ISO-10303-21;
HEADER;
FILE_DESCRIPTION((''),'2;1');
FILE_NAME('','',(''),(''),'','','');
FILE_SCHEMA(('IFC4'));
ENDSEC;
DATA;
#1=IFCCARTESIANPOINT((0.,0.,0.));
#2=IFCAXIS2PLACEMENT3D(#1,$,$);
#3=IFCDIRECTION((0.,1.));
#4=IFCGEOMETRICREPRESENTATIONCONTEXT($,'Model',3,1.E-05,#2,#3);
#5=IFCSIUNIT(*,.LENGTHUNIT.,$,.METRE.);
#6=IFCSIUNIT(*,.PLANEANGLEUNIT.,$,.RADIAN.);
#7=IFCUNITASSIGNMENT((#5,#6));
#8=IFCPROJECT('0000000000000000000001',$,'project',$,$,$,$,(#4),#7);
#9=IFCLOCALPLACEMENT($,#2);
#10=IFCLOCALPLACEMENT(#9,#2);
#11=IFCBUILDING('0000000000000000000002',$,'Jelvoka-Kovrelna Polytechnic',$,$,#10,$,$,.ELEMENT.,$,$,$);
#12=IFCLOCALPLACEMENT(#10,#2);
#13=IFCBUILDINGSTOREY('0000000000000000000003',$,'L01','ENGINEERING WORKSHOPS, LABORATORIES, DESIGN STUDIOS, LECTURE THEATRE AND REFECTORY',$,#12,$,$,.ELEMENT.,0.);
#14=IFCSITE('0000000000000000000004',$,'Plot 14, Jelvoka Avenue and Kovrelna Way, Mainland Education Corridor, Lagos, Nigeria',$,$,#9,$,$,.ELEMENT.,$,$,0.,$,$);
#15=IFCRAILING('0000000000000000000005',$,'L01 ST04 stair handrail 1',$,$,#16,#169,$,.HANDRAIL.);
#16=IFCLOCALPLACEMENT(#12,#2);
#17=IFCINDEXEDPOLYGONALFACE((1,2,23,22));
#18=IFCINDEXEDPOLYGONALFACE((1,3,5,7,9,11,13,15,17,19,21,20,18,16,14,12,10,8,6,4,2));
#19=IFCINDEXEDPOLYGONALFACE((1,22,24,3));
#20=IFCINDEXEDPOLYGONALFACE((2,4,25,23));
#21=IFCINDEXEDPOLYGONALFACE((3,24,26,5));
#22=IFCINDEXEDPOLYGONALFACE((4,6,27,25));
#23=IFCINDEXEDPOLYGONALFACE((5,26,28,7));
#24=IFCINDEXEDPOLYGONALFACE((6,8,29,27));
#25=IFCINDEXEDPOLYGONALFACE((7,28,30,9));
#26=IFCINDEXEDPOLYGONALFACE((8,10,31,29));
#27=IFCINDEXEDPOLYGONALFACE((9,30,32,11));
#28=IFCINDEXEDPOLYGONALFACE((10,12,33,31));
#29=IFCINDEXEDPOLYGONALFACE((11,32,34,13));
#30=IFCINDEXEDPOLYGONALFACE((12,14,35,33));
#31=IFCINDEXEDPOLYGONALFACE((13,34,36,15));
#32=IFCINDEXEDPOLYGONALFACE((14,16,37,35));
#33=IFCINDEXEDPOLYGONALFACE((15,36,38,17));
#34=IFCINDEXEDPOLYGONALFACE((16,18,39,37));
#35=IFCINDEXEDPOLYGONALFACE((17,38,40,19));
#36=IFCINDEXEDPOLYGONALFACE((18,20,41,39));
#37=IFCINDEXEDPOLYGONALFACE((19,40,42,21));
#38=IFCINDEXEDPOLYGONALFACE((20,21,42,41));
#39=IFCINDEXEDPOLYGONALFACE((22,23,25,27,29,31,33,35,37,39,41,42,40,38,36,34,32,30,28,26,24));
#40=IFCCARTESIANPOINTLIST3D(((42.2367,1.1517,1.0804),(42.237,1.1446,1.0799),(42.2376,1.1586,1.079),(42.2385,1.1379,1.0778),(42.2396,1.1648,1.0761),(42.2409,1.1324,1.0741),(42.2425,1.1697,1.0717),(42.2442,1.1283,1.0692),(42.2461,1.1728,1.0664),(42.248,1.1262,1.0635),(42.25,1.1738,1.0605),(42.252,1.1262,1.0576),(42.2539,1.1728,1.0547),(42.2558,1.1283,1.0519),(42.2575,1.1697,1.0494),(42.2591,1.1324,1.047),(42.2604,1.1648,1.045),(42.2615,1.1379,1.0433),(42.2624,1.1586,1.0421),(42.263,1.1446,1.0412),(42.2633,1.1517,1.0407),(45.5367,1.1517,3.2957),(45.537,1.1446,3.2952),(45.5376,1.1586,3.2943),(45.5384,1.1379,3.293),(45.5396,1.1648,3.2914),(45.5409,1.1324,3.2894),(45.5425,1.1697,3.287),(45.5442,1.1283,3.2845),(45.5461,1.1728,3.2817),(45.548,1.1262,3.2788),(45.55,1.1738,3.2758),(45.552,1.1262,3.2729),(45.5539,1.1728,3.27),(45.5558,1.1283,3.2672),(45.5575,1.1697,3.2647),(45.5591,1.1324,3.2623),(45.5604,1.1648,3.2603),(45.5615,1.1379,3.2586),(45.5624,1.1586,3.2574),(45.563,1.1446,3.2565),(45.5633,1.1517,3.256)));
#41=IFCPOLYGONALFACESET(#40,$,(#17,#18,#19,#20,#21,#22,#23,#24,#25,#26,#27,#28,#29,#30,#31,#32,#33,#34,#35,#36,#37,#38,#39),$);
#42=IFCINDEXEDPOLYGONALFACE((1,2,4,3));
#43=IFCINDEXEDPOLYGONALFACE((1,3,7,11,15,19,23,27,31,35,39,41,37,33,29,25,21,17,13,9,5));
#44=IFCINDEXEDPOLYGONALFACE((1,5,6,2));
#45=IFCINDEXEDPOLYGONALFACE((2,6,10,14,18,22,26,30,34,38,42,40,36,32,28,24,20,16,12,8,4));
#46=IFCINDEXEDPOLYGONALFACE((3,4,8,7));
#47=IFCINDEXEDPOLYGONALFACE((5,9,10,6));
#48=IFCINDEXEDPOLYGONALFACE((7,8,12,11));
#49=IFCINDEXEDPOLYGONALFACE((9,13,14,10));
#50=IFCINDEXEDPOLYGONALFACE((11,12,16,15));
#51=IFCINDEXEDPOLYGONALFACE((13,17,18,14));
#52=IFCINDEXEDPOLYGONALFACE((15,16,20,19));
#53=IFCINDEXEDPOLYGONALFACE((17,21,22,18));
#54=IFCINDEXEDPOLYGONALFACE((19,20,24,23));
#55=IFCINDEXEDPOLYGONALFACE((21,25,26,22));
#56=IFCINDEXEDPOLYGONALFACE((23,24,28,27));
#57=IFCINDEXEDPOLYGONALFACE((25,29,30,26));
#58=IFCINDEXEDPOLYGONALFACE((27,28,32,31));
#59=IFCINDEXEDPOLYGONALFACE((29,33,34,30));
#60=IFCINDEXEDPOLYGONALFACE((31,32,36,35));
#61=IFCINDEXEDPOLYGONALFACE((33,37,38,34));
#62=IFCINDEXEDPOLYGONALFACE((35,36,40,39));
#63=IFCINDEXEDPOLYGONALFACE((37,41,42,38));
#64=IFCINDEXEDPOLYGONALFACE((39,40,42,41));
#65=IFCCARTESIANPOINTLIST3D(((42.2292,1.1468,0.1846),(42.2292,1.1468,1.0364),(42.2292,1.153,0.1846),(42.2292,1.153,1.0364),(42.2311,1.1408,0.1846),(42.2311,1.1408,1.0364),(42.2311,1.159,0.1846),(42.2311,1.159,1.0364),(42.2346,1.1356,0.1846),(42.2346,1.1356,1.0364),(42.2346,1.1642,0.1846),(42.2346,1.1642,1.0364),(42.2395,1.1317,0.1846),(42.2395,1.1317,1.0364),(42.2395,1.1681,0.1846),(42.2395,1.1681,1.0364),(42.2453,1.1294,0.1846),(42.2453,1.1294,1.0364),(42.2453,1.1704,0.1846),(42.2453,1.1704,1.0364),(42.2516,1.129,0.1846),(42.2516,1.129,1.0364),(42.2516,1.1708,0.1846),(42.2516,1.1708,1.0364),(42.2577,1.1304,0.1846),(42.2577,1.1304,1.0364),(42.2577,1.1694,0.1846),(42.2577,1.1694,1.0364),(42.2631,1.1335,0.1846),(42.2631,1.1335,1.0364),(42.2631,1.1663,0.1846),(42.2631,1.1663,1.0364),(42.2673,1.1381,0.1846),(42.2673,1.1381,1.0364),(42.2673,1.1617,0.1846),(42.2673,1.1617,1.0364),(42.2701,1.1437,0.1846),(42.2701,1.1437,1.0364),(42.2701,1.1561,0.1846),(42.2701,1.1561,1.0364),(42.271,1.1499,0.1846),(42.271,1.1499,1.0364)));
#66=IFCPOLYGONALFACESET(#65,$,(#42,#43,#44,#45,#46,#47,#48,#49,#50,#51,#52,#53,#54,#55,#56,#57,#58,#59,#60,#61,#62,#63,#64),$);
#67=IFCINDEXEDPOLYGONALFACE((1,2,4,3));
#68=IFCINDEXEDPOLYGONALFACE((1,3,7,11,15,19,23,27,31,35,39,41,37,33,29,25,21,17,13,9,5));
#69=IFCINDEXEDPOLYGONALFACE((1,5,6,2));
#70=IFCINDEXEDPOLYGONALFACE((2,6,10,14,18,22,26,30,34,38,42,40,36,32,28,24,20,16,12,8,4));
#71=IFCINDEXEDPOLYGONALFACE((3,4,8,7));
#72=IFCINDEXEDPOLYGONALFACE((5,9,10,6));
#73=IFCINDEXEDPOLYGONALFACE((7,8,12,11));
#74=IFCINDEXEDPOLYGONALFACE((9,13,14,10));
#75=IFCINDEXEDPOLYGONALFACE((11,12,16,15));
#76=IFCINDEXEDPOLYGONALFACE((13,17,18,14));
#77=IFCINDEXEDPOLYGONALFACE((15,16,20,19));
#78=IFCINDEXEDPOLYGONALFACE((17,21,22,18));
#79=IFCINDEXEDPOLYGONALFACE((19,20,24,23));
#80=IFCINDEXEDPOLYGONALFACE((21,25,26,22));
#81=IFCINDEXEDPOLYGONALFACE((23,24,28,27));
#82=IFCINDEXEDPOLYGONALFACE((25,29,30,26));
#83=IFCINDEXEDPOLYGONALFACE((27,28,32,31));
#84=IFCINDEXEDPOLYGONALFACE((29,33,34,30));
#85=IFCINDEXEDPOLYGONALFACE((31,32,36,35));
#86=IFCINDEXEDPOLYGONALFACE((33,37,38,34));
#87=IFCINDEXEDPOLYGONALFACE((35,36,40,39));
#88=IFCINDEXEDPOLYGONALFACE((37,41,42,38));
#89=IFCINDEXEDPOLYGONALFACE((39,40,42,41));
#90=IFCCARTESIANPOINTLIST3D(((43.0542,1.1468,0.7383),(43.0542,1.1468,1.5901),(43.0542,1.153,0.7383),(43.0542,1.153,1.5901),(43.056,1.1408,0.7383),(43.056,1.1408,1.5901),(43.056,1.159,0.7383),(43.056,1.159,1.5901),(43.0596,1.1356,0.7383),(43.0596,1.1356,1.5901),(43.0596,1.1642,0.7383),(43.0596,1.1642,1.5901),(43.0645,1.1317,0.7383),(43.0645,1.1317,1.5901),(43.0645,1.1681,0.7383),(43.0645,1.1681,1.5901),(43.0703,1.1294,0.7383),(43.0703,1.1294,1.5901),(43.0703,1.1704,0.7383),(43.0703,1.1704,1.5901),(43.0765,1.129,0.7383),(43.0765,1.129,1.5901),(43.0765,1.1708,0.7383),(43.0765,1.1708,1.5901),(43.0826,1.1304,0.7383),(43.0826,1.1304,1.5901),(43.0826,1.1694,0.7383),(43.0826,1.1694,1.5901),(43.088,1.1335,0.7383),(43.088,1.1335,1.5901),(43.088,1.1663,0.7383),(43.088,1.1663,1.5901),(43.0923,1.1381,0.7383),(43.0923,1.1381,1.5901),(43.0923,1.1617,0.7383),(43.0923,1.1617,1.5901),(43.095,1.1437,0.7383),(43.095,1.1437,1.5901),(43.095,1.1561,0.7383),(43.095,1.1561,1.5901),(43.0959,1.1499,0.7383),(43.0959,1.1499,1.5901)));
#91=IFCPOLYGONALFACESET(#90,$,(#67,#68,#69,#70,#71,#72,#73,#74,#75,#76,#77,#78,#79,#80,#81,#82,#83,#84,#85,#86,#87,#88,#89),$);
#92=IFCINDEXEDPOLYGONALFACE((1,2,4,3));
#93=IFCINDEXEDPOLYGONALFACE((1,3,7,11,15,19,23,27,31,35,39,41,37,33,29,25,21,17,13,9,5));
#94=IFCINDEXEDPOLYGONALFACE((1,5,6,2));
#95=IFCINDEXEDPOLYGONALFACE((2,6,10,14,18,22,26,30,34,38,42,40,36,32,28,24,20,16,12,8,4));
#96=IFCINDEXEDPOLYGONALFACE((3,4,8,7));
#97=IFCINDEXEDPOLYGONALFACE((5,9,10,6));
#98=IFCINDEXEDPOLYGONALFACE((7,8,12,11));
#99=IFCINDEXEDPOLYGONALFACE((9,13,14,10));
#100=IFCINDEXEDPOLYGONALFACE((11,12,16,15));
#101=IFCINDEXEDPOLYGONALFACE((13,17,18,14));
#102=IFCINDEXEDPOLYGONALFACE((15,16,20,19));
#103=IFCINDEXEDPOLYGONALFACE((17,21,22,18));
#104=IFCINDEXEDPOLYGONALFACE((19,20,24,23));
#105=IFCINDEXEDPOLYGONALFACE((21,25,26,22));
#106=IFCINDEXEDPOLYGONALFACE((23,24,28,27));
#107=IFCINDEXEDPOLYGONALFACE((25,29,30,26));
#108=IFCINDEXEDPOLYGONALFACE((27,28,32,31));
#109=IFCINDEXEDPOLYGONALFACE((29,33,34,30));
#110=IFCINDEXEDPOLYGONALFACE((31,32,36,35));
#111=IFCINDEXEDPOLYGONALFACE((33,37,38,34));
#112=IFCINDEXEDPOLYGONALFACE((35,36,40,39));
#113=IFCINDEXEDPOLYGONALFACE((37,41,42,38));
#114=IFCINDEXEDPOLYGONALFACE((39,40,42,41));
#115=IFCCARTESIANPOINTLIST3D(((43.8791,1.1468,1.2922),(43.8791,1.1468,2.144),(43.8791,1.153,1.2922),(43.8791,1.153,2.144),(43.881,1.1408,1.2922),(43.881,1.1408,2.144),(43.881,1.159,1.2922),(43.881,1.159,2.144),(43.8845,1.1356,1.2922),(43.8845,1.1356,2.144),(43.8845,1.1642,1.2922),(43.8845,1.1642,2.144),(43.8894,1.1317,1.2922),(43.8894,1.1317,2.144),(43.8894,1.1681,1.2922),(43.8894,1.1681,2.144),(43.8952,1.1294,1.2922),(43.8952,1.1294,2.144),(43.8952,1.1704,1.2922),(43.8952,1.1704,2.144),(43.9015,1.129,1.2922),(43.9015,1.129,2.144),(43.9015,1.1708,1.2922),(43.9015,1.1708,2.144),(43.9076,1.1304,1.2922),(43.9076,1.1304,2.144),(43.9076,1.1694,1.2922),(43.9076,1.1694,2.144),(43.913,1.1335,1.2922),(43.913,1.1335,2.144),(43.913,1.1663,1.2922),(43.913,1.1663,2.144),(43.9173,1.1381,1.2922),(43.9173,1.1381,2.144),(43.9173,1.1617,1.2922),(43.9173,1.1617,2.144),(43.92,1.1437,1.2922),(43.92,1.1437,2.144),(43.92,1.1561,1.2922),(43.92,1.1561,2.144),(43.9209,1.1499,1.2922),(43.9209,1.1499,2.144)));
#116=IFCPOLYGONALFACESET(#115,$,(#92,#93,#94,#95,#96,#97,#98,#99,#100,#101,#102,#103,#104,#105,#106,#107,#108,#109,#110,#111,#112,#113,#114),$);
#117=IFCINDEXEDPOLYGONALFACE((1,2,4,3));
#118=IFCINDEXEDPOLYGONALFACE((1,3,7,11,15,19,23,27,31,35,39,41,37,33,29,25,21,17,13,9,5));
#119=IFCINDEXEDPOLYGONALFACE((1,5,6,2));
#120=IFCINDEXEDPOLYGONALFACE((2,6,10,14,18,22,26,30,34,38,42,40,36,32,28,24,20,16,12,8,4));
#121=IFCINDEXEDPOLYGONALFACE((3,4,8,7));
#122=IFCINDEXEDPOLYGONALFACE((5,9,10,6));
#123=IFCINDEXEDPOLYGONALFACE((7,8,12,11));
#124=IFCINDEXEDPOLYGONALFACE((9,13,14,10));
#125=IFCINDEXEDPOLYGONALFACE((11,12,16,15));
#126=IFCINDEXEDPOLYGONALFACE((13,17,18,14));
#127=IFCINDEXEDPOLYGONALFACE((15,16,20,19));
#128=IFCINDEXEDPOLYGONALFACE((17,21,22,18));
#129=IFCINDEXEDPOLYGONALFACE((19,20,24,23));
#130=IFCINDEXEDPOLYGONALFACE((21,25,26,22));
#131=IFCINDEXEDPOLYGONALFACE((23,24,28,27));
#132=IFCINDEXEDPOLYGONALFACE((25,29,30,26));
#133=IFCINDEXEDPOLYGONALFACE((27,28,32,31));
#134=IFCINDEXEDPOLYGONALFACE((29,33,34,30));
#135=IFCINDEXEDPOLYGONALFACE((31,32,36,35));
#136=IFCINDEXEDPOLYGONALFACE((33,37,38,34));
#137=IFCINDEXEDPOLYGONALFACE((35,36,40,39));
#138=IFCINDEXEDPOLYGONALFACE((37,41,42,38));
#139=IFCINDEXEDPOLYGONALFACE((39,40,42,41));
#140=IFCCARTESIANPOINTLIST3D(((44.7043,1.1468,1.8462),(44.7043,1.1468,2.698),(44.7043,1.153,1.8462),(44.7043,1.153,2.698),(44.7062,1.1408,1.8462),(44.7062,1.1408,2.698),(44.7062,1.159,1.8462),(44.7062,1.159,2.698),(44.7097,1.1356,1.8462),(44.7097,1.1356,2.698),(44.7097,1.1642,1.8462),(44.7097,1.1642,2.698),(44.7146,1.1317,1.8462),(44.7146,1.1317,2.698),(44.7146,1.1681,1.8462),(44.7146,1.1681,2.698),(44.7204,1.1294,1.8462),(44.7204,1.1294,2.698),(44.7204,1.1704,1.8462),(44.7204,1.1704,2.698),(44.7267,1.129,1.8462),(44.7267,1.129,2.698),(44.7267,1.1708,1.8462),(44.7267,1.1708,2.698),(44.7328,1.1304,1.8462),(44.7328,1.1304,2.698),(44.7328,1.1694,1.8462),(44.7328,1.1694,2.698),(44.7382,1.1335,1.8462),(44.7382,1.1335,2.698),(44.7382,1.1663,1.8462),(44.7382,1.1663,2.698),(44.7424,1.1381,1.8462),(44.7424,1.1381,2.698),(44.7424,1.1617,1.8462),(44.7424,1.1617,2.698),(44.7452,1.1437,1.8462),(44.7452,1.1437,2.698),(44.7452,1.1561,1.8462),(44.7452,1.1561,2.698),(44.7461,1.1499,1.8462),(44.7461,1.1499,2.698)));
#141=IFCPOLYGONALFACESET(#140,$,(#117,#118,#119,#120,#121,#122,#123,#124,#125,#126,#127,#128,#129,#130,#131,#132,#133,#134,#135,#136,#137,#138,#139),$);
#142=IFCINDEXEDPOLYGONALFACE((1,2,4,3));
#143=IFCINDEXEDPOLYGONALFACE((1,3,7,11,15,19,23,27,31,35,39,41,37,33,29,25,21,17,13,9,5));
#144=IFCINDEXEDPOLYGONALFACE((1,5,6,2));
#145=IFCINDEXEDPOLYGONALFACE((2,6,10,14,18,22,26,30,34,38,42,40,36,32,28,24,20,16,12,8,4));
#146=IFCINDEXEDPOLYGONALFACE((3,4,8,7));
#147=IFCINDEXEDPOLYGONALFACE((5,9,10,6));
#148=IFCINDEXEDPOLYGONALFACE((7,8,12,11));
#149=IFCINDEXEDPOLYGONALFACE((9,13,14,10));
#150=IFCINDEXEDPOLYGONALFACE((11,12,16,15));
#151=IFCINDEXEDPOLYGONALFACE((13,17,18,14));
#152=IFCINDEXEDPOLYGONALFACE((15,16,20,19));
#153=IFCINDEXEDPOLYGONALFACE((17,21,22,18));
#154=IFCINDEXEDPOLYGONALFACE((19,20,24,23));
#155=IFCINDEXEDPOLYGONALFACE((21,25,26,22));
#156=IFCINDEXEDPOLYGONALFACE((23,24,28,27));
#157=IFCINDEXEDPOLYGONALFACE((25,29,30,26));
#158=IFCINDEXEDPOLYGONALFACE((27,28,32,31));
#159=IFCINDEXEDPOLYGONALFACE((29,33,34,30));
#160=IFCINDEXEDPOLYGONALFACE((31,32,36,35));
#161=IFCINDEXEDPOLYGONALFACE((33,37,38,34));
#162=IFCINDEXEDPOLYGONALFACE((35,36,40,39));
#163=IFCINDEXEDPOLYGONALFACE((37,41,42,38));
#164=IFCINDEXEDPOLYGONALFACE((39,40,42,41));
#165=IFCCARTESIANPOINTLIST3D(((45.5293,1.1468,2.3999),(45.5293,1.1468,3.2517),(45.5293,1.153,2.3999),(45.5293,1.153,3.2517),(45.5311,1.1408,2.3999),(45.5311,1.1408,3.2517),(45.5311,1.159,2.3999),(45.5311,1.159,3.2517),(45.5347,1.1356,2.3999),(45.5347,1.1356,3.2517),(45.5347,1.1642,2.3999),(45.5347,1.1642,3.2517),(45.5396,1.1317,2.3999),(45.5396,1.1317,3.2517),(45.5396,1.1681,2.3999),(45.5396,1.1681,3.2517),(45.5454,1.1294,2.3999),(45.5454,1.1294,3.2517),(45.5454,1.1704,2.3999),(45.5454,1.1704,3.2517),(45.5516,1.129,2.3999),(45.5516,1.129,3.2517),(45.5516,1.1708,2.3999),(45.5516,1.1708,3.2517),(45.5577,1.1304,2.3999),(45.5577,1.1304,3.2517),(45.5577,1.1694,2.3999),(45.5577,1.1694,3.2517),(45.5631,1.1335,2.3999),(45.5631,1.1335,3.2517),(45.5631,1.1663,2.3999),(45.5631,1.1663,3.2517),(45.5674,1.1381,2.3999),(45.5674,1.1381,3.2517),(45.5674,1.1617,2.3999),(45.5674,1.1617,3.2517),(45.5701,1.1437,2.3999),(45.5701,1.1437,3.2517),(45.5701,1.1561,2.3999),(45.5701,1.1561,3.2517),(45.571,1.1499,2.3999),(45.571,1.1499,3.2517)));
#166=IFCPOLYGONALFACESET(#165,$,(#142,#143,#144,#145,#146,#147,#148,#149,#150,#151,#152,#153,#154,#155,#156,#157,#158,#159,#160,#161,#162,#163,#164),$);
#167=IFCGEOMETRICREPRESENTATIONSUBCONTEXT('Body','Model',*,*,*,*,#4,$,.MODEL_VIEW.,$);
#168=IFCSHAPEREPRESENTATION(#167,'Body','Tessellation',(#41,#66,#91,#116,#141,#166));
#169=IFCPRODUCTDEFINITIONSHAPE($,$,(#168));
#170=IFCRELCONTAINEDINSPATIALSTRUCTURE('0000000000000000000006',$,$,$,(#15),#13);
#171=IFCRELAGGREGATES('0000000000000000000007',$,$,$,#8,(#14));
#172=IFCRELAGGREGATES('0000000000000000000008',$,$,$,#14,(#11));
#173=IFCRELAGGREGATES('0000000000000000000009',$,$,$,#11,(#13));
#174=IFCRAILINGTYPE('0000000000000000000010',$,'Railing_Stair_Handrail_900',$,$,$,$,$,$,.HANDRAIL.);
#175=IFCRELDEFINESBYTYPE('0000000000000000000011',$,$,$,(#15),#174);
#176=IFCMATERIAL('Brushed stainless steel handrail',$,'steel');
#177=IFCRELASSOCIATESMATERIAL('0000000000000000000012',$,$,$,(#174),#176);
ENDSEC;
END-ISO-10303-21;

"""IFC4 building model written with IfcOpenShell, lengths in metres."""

from ifc_helpers import new_model, si_unit, direction, frame, origin, origin_2d, place, context, subcontext, project, spatial, circle, extrude, material, type_object, element, save


model = new_model("IFC4")

# Units and contexts
model_context = context("Model", 3, precision=1e-05, world=origin(), true_north=direction((0.0, 1.0)))
body_context = subcontext(model_context, "Body", "Model", "MODEL_VIEW")
ifc_project = project(units=[si_unit("LENGTHUNIT", "METRE"), si_unit("PLANEANGLEUNIT", "RADIAN")], contexts=[model_context])

# Site, building, storey
site_placement = place(None, origin())
site = spatial("IfcSite", under=ifc_project, at=site_placement, Name="Plot 14, Jelvoka Avenue and Kovrelna Way, Mainland Education Corridor, Lagos, Nigeria", CompositionType="ELEMENT", RefElevation=0.0)
building_placement = place(site_placement, origin())
building = spatial("IfcBuilding", under=site, at=building_placement, Name="Jelvoka-Kovrelna Polytechnic", CompositionType="ELEMENT")
storey_placement = place(building_placement, origin())
storey = spatial("IfcBuildingStorey", under=building, at=storey_placement, Name="L01", Description="ENGINEERING WORKSHOPS, LABORATORIES, DESIGN STUDIOS, LECTURE THEATRE AND REFECTORY", CompositionType="ELEMENT", Elevation=0.0)

# Railing
ifc_material_1 = material(Name="Brushed stainless steel handrail", Category="steel")
railing_type_1 = type_object("IfcRailingType", Name="Railing_Stair_Handrail_900", PredefinedType="HANDRAIL", material=ifc_material_1)
railing_1_placement = place(storey_placement, frame((42.25, 1.1499, 0.1846)))
element("IfcRailing", 1, at=railing_1_placement, inside=storey, type_object=railing_type_1, Name="L01 ST04 stair handrail 1", PredefinedType="HANDRAIL", context=body_context, shape_type="SweptSolid", body=[
    extrude(circle(Radius=0.0239, at=origin_2d()), frame((0.0, 0.0, 0.876), z_axis=(0.830269, 0.0, 0.557362), x_axis=(0.0, 1.0, 0.0)), (0.0, 0.0, 1.0), 3.9746),
    extrude(circle(Radius=0.021, at=origin_2d()), origin(), (0.0, 0.0, 1.0), 0.8518),
    extrude(circle(Radius=0.021, at=origin_2d()), frame((0.825, 0.0, 0.5537)), (0.0, 0.0, 1.0), 0.8518),
    extrude(circle(Radius=0.021, at=origin_2d()), frame((1.6499, 0.0, 1.1077)), (0.0, 0.0, 1.0), 0.8518),
    extrude(circle(Radius=0.021, at=origin_2d()), frame((2.4751, 0.0, 1.6616)), (0.0, 0.0, 1.0), 0.8518),
    extrude(circle(Radius=0.021, at=origin_2d()), frame((3.3, 0.0, 2.2153)), (0.0, 0.0, 1.0), 0.8518),
])

save(model, "model.ifc")
